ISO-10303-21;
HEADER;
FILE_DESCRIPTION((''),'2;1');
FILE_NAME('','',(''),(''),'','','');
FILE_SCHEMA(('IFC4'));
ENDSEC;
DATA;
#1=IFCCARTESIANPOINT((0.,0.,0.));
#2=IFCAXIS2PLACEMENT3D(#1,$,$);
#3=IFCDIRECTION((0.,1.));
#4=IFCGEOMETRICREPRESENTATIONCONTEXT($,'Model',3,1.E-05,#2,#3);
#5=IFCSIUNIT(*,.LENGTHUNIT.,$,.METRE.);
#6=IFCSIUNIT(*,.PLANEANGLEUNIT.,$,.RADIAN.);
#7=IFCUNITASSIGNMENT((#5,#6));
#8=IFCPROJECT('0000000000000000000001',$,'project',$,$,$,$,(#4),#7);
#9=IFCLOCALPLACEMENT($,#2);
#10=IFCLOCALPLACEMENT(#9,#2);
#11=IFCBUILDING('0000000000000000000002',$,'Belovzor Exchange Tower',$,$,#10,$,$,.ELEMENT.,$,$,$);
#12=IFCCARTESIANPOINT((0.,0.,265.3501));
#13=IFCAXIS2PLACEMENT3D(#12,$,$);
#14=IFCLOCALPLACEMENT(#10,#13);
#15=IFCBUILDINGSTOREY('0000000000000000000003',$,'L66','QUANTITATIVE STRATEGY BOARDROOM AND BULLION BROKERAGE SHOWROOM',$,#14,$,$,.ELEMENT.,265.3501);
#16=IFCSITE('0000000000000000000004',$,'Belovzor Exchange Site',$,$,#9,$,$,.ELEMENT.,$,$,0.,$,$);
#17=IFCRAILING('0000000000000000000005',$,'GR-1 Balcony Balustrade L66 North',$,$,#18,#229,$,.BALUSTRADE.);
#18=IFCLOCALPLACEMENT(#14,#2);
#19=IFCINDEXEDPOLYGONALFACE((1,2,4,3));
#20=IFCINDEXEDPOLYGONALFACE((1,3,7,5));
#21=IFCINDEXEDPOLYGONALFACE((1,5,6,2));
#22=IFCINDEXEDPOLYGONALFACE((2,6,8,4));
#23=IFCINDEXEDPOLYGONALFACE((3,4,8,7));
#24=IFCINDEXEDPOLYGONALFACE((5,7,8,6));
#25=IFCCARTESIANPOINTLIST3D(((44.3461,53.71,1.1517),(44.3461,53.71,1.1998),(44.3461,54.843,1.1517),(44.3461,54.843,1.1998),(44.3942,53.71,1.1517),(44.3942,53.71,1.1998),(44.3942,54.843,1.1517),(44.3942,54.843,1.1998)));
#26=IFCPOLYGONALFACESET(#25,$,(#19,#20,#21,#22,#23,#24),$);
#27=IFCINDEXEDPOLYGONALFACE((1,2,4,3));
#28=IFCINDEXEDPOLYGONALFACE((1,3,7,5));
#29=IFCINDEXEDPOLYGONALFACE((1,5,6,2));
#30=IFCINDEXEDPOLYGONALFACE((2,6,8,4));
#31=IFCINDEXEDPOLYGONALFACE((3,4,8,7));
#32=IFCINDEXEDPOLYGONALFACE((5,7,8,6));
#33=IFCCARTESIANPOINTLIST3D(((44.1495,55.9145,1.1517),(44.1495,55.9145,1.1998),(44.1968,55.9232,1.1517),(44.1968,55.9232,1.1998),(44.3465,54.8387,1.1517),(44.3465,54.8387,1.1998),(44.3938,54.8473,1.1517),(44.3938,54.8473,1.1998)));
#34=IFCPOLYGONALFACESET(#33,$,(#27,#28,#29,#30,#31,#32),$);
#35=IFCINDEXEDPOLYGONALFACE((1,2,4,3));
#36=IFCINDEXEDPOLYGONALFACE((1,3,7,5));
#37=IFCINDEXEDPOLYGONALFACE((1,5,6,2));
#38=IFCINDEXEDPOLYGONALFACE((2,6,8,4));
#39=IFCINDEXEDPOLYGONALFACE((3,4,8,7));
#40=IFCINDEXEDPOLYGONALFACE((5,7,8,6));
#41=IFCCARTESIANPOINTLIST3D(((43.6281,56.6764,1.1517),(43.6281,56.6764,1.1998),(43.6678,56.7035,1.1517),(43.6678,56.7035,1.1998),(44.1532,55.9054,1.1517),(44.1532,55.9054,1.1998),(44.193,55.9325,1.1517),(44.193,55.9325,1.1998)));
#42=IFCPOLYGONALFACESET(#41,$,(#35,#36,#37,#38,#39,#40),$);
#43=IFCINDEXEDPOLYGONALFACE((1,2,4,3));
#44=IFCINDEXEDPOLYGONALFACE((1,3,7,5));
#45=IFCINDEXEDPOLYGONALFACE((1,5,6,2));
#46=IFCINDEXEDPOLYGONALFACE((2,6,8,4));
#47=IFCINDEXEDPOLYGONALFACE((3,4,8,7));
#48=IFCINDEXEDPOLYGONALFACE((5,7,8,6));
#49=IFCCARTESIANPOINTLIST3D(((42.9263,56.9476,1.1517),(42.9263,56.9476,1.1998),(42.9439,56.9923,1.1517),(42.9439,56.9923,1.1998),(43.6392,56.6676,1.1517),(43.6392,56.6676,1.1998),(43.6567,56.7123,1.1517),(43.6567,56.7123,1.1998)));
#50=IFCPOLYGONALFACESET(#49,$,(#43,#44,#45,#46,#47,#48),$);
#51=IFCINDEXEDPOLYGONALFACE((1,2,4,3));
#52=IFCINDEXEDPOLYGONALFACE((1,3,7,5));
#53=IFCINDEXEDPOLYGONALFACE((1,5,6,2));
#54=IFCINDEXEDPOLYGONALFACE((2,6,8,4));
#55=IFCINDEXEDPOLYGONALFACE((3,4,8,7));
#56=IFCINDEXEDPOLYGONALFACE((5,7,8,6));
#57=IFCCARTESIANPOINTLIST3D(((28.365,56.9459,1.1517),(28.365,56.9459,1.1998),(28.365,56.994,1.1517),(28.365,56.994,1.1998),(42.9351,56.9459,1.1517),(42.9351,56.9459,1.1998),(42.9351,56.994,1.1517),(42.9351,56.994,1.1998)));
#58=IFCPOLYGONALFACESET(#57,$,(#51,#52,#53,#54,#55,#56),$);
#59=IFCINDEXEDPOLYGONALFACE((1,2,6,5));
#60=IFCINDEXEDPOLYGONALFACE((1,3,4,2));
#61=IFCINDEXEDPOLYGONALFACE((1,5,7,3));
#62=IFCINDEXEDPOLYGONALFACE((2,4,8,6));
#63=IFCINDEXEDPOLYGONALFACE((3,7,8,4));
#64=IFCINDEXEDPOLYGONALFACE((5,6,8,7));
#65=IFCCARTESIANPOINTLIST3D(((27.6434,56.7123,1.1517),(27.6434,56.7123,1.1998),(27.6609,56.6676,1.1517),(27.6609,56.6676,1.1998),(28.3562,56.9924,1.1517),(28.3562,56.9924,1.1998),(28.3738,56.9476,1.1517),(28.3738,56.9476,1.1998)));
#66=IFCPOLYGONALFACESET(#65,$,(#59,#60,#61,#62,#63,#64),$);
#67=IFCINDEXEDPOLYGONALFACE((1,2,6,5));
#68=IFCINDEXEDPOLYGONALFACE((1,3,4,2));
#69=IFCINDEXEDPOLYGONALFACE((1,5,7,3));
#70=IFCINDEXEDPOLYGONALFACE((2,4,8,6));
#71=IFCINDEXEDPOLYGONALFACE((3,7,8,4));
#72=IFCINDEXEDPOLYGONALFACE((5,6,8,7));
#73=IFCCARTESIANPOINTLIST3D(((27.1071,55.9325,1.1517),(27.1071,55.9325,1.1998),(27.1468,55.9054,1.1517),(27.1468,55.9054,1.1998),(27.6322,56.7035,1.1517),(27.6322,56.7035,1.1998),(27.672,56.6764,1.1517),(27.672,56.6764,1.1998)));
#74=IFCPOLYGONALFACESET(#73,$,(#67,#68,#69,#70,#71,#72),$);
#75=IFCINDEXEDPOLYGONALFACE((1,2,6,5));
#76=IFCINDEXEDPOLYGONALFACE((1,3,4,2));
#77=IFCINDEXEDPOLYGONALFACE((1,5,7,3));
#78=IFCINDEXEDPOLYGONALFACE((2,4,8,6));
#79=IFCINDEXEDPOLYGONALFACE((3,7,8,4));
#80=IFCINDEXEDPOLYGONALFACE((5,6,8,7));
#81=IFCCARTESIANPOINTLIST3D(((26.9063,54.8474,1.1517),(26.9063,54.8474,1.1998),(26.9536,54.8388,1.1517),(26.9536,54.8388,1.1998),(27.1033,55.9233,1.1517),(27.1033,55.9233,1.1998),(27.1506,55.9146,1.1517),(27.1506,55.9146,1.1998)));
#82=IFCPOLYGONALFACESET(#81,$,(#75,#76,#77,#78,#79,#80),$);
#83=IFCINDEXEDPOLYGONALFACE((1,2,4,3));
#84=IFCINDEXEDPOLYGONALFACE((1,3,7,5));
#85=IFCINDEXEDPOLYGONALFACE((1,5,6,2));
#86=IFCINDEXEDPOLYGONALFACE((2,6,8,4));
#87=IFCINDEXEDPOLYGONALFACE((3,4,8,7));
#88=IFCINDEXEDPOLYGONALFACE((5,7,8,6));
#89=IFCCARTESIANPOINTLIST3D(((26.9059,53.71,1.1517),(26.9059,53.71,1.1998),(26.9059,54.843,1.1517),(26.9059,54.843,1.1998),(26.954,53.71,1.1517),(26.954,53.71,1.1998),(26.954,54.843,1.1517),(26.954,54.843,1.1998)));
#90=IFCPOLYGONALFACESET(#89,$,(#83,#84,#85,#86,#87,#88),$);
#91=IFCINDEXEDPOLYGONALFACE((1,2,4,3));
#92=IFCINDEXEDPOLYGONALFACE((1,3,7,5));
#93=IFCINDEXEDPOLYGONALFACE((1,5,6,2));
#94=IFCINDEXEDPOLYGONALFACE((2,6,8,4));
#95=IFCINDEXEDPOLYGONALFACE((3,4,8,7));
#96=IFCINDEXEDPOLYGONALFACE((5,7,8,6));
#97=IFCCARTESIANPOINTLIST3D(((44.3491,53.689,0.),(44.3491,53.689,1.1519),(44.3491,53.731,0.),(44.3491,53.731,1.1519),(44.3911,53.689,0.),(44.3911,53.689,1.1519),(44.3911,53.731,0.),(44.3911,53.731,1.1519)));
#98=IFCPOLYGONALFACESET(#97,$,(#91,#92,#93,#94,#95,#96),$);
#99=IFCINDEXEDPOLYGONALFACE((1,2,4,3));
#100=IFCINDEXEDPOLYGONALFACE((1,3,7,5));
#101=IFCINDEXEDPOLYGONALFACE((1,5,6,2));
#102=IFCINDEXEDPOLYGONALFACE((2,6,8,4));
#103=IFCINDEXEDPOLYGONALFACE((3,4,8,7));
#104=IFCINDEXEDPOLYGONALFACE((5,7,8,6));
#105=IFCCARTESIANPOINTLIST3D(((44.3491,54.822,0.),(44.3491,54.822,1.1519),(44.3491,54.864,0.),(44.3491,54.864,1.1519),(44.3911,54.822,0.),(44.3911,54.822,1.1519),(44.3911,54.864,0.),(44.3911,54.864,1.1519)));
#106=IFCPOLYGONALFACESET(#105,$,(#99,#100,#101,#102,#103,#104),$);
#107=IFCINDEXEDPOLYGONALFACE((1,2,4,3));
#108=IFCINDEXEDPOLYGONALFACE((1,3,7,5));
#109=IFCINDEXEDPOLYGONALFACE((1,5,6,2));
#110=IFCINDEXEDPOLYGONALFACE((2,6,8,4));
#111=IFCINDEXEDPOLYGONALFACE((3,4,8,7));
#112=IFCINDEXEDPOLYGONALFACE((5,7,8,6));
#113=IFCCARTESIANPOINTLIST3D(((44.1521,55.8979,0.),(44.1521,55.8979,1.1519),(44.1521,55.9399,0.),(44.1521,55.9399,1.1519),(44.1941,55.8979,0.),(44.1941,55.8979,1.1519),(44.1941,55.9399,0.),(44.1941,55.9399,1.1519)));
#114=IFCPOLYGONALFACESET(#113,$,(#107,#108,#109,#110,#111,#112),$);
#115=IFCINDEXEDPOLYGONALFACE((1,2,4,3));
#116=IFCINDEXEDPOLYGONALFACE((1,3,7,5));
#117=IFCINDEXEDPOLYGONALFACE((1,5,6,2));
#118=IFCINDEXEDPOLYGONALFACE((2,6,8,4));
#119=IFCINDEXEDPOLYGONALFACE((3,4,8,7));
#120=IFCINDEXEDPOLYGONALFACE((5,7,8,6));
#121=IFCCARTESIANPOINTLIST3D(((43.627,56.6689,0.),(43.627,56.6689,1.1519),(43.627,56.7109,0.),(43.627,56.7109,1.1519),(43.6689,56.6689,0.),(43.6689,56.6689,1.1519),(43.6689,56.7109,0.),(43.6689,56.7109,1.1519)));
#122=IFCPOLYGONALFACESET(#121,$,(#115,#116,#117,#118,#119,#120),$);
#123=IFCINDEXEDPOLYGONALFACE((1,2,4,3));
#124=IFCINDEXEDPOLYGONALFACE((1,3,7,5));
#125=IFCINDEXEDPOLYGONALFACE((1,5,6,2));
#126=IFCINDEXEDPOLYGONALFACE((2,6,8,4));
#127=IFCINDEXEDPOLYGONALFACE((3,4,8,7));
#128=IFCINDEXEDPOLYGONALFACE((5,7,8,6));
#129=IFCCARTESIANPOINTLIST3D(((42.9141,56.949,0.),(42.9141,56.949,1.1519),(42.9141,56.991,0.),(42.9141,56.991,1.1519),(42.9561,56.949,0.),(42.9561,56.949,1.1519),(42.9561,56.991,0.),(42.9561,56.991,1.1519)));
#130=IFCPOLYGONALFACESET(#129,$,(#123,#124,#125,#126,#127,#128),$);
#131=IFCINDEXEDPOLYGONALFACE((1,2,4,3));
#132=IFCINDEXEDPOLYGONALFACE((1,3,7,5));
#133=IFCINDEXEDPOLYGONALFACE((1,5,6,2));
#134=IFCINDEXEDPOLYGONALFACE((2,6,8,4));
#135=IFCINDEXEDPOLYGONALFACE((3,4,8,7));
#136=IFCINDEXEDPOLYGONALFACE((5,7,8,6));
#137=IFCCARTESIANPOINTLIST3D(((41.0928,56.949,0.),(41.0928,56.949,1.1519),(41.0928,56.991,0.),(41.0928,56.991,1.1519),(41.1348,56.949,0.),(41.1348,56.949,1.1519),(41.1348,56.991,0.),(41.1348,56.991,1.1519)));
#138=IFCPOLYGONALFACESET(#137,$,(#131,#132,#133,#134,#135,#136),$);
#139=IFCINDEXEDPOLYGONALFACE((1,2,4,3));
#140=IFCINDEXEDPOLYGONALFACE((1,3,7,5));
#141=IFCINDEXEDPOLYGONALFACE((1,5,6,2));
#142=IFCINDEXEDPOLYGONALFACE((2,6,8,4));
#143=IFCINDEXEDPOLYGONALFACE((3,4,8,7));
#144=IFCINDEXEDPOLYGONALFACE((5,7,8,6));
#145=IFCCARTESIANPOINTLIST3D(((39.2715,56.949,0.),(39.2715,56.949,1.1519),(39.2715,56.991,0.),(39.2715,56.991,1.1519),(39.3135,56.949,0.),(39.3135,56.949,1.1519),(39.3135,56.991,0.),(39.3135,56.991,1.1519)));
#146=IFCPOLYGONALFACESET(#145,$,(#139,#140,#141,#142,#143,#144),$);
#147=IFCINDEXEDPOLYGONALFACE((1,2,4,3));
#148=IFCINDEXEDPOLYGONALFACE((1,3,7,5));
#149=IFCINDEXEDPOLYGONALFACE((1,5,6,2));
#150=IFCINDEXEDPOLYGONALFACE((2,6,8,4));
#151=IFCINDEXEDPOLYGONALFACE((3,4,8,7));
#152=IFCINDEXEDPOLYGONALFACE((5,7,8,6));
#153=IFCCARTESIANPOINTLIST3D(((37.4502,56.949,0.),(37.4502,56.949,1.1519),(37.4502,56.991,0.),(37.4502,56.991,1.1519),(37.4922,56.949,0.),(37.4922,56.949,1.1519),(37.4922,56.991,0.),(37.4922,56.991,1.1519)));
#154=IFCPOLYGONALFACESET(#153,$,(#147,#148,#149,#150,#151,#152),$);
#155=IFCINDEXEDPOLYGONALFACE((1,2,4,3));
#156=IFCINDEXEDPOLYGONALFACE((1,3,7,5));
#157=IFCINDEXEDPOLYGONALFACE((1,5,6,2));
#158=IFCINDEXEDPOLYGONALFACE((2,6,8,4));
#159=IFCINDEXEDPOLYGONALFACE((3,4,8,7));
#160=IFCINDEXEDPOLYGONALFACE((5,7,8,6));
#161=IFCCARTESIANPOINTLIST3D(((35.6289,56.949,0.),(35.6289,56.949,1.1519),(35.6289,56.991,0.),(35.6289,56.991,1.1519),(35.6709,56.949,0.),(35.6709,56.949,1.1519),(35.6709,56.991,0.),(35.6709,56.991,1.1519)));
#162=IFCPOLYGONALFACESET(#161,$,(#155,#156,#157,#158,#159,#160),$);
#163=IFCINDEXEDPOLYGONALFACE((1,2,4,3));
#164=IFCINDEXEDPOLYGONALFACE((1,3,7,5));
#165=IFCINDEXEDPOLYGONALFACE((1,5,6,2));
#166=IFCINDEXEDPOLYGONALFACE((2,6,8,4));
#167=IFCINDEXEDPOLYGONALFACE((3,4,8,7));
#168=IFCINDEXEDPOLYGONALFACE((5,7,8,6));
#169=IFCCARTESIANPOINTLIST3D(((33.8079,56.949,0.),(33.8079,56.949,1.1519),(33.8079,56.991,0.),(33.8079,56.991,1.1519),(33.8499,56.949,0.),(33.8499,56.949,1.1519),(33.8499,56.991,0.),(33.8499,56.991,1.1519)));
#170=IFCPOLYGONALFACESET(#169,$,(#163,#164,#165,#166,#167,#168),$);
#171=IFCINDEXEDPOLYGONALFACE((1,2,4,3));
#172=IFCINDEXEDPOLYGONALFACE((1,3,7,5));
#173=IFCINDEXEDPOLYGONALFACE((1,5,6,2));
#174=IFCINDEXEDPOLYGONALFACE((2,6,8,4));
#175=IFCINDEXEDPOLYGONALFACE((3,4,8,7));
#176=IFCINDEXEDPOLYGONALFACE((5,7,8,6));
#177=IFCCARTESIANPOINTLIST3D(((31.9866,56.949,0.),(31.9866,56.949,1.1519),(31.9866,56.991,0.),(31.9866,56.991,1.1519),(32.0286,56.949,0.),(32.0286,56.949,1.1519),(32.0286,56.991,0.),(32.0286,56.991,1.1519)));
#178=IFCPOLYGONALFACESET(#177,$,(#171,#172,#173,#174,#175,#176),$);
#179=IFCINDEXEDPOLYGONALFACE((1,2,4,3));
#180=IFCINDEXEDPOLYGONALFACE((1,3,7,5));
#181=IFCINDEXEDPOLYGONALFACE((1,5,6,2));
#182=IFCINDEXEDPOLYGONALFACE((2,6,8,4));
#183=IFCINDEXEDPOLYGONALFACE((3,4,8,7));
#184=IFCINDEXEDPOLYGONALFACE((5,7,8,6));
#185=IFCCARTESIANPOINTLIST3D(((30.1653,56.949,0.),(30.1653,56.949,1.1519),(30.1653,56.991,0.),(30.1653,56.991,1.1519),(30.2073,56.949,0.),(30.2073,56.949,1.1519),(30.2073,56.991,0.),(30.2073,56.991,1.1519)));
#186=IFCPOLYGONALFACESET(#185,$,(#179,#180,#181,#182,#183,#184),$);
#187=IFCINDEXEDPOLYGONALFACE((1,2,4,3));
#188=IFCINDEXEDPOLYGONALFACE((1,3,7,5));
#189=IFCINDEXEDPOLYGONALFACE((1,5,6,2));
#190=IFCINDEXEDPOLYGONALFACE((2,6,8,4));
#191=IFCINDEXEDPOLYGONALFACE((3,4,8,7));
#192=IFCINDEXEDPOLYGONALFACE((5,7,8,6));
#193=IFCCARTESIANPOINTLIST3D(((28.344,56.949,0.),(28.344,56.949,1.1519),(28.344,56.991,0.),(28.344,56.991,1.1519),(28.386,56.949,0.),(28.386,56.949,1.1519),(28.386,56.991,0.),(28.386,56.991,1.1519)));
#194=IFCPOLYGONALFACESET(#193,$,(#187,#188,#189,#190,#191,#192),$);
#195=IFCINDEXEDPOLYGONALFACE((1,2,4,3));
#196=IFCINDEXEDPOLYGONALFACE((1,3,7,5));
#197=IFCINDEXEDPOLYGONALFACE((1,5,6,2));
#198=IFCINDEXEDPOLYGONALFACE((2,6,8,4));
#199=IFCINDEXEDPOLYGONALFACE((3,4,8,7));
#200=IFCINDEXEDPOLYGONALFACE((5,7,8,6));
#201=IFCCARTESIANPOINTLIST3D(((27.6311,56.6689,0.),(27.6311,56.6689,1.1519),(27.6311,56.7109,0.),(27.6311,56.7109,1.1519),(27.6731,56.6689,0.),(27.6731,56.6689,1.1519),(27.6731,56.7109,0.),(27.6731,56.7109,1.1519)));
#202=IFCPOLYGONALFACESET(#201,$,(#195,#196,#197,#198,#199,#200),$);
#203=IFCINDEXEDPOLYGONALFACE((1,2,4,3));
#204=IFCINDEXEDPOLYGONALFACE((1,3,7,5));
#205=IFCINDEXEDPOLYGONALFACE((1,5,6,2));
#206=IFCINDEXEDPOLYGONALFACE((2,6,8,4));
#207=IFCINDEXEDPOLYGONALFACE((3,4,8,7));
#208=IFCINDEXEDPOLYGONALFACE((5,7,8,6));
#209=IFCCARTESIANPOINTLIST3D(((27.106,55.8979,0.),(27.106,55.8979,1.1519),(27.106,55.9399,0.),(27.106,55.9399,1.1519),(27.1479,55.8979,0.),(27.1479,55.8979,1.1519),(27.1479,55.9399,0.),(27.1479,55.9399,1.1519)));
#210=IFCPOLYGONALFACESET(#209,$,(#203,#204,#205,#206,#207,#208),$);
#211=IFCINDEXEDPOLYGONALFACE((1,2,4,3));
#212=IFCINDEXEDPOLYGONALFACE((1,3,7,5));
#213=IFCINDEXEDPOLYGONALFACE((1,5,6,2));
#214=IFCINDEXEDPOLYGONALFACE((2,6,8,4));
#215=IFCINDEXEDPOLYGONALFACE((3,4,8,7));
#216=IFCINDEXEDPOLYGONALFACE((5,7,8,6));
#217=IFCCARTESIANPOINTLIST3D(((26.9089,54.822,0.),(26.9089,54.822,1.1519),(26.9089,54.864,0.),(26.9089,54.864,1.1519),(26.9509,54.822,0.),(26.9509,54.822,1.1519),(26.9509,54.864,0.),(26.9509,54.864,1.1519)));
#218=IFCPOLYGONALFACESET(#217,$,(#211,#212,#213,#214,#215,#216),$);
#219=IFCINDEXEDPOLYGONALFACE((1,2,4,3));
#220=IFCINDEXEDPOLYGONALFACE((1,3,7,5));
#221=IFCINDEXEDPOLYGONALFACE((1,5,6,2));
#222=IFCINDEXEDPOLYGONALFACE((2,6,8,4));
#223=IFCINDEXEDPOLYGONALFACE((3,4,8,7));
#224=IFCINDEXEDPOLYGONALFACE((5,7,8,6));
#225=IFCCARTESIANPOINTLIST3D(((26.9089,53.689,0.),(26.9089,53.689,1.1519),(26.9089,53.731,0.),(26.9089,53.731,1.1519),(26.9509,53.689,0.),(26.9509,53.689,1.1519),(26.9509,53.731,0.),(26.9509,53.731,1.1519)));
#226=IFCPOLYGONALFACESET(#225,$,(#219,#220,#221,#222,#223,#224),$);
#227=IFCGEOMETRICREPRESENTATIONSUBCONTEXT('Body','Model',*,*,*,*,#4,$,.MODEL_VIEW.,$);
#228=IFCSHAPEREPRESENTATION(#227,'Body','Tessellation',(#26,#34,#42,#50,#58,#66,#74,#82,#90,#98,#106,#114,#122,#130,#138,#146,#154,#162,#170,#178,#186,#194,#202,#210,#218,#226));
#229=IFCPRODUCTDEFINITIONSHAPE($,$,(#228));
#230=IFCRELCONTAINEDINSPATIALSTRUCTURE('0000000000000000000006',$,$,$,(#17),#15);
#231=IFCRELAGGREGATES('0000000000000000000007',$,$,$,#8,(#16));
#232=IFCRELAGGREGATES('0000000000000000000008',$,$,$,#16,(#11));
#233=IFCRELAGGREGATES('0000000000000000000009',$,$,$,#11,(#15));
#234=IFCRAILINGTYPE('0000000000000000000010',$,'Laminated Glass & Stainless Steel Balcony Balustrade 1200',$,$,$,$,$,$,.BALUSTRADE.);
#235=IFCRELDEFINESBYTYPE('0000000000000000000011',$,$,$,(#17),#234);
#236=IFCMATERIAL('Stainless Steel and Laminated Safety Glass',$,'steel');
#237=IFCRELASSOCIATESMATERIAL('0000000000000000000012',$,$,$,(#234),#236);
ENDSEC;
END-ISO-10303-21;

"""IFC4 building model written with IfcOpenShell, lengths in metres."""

from ifc_helpers import new_model, si_unit, direction, frame, origin, origin_2d, place, context, subcontext, project, spatial, rectangle, extrude, material, type_object, element, save


model = new_model("IFC4")

# Units and contexts
model_context = context("Model", 3, precision=1e-05, world=origin(), true_north=direction((0.0, 1.0)))
body_context = subcontext(model_context, "Body", "Model", "MODEL_VIEW")
ifc_project = project(units=[si_unit("LENGTHUNIT", "METRE"), si_unit("PLANEANGLEUNIT", "RADIAN")], contexts=[model_context])

# Site, building, storey
site_placement = place(None, origin())
site = spatial("IfcSite", under=ifc_project, at=site_placement, Name="Belovzor Exchange Site", CompositionType="ELEMENT", RefElevation=0.0)
building_placement = place(site_placement, origin())
building = spatial("IfcBuilding", under=site, at=building_placement, Name="Belovzor Exchange Tower", CompositionType="ELEMENT")
storey_placement = place(building_placement, frame((0.0, 0.0, 265.3501)))
storey = spatial("IfcBuildingStorey", under=building, at=storey_placement, Name="L66", Description="QUANTITATIVE STRATEGY BOARDROOM AND BULLION BROKERAGE SHOWROOM", CompositionType="ELEMENT", Elevation=265.3501)

# Railing
ifc_material_1 = material(Name="Stainless Steel and Laminated Safety Glass", Category="steel")
railing_type = type_object("IfcRailingType", Name="Laminated Glass & Stainless Steel Balcony Balustrade 1200", PredefinedType="BALUSTRADE", material=ifc_material_1)
railing_placement = place(storey_placement, frame((44.3701, 53.71, 0.0)))
element("IfcRailing", 1, at=railing_placement, inside=storey, type_object=railing_type, Name="GR-1 Balcony Balustrade L66 North", PredefinedType="BALUSTRADE", context=body_context, shape_type="SweptSolid", body=[
    extrude(rectangle(XDim=0.0481, YDim=0.0481, at=origin_2d()), frame((0.0, 0.0, 1.1758), z_axis=(0.0, 1.0, 0.0), x_axis=(-1.0, 0.0, 0.0)), (0.0, 0.0, 1.0), 1.1331),
    extrude(rectangle(XDim=0.0481, YDim=0.0481, at=origin_2d()), frame((0.0, 1.1331, 1.1758), z_axis=(-0.180123, 0.983644, 0.0), x_axis=(-0.983644, -0.180123, 0.0)), (0.0, 0.0, 1.0), 1.0938),
    extrude(rectangle(XDim=0.0481, YDim=0.0481, at=origin_2d()), frame((-0.197, 2.209, 1.1758), z_axis=(-0.562947, 0.826493, 0.0), x_axis=(-0.826493, -0.562947, 0.0)), (0.0, 0.0, 1.0), 0.9329),
    extrude(rectangle(XDim=0.0481, YDim=0.0481, at=origin_2d()), frame((-0.7222, 2.98, 1.1758), z_axis=(-0.930767, 0.365613, 0.0), x_axis=(-0.365613, -0.930767, 0.0)), (0.0, 0.0, 1.0), 0.7659),
    extrude(rectangle(XDim=0.0481, YDim=0.0481, at=origin_2d()), frame((-1.4351, 3.26, 1.1758), z_axis=(-1.0, 0.0, 0.0), x_axis=(0.0, -1.0, 0.0)), (0.0, 0.0, 1.0), 14.5701),
    extrude(rectangle(XDim=0.0481, YDim=0.0481, at=origin_2d()), frame((-16.0051, 3.26, 1.1758), z_axis=(-0.930767, -0.365613, 0.0), x_axis=(0.365613, -0.930767, 0.0)), (0.0, 0.0, 1.0), 0.7659),
    extrude(rectangle(XDim=0.0481, YDim=0.0481, at=origin_2d()), frame((-16.718, 2.98, 1.1758), z_axis=(-0.562947, -0.826493, 0.0), x_axis=(0.826493, -0.562947, 0.0)), (0.0, 0.0, 1.0), 0.9329),
    extrude(rectangle(XDim=0.0481, YDim=0.0481, at=origin_2d()), frame((-17.2432, 2.209, 1.1758), z_axis=(-0.180123, -0.983644, 0.0), x_axis=(0.983644, -0.180123, 0.0)), (0.0, 0.0, 1.0), 1.0938),
    extrude(rectangle(XDim=0.0481, YDim=0.0481, at=origin_2d()), frame((-17.4402, 1.1331, 1.1758), z_axis=(0.0, -1.0, 0.0), x_axis=(1.0, 0.0, 0.0)), (0.0, 0.0, 1.0), 1.1331),
    extrude(rectangle(XDim=0.042, YDim=0.042, at=origin_2d()), origin(), (0.0, 0.0, 1.0), 1.1519),
    extrude(rectangle(XDim=0.042, YDim=0.042, at=origin_2d()), frame((0.0, 1.1331, 0.0)), (0.0, 0.0, 1.0), 1.1519),
    extrude(rectangle(XDim=0.042, YDim=0.042, at=origin_2d()), frame((-0.197, 2.209, 0.0)), (0.0, 0.0, 1.0), 1.1519),
    extrude(rectangle(XDim=0.042, YDim=0.042, at=origin_2d()), frame((-0.7222, 2.98, 0.0)), (0.0, 0.0, 1.0), 1.1519),
    extrude(rectangle(XDim=0.042, YDim=0.042, at=origin_2d()), frame((-1.4351, 3.26, 0.0)), (0.0, 0.0, 1.0), 1.1519),
    extrude(rectangle(XDim=0.042, YDim=0.042, at=origin_2d()), frame((-3.2563, 3.26, 0.0)), (0.0, 0.0, 1.0), 1.1519),
    extrude(rectangle(XDim=0.042, YDim=0.042, at=origin_2d()), frame((-5.0776, 3.26, 0.0)), (0.0, 0.0, 1.0), 1.1519),
    extrude(rectangle(XDim=0.042, YDim=0.042, at=origin_2d()), frame((-6.8989, 3.26, 0.0)), (0.0, 0.0, 1.0), 1.1519),
    extrude(rectangle(XDim=0.042, YDim=0.042, at=origin_2d()), frame((-8.7202, 3.26, 0.0)), (0.0, 0.0, 1.0), 1.1519),
    extrude(rectangle(XDim=0.042, YDim=0.042, at=origin_2d()), frame((-10.5413, 3.26, 0.0)), (0.0, 0.0, 1.0), 1.1519),
    extrude(rectangle(XDim=0.042, YDim=0.042, at=origin_2d()), frame((-12.3625, 3.26, 0.0)), (0.0, 0.0, 1.0), 1.1519),
    extrude(rectangle(XDim=0.042, YDim=0.042, at=origin_2d()), frame((-14.1838, 3.26, 0.0)), (0.0, 0.0, 1.0), 1.1519),
    extrude(rectangle(XDim=0.042, YDim=0.042, at=origin_2d()), frame((-16.0051, 3.26, 0.0)), (0.0, 0.0, 1.0), 1.1519),
    extrude(rectangle(XDim=0.042, YDim=0.042, at=origin_2d()), frame((-16.718, 2.98, 0.0)), (0.0, 0.0, 1.0), 1.1519),
    extrude(rectangle(XDim=0.042, YDim=0.042, at=origin_2d()), frame((-17.2432, 2.209, 0.0)), (0.0, 0.0, 1.0), 1.1519),
    extrude(rectangle(XDim=0.042, YDim=0.042, at=origin_2d()), frame((-17.4402, 1.1331, 0.0)), (0.0, 0.0, 1.0), 1.1519),
    extrude(rectangle(XDim=0.042, YDim=0.042, at=origin_2d()), frame((-17.4402, 0.0, 0.0)), (0.0, 0.0, 1.0), 1.1519),
])

save(model, "model.ifc")
